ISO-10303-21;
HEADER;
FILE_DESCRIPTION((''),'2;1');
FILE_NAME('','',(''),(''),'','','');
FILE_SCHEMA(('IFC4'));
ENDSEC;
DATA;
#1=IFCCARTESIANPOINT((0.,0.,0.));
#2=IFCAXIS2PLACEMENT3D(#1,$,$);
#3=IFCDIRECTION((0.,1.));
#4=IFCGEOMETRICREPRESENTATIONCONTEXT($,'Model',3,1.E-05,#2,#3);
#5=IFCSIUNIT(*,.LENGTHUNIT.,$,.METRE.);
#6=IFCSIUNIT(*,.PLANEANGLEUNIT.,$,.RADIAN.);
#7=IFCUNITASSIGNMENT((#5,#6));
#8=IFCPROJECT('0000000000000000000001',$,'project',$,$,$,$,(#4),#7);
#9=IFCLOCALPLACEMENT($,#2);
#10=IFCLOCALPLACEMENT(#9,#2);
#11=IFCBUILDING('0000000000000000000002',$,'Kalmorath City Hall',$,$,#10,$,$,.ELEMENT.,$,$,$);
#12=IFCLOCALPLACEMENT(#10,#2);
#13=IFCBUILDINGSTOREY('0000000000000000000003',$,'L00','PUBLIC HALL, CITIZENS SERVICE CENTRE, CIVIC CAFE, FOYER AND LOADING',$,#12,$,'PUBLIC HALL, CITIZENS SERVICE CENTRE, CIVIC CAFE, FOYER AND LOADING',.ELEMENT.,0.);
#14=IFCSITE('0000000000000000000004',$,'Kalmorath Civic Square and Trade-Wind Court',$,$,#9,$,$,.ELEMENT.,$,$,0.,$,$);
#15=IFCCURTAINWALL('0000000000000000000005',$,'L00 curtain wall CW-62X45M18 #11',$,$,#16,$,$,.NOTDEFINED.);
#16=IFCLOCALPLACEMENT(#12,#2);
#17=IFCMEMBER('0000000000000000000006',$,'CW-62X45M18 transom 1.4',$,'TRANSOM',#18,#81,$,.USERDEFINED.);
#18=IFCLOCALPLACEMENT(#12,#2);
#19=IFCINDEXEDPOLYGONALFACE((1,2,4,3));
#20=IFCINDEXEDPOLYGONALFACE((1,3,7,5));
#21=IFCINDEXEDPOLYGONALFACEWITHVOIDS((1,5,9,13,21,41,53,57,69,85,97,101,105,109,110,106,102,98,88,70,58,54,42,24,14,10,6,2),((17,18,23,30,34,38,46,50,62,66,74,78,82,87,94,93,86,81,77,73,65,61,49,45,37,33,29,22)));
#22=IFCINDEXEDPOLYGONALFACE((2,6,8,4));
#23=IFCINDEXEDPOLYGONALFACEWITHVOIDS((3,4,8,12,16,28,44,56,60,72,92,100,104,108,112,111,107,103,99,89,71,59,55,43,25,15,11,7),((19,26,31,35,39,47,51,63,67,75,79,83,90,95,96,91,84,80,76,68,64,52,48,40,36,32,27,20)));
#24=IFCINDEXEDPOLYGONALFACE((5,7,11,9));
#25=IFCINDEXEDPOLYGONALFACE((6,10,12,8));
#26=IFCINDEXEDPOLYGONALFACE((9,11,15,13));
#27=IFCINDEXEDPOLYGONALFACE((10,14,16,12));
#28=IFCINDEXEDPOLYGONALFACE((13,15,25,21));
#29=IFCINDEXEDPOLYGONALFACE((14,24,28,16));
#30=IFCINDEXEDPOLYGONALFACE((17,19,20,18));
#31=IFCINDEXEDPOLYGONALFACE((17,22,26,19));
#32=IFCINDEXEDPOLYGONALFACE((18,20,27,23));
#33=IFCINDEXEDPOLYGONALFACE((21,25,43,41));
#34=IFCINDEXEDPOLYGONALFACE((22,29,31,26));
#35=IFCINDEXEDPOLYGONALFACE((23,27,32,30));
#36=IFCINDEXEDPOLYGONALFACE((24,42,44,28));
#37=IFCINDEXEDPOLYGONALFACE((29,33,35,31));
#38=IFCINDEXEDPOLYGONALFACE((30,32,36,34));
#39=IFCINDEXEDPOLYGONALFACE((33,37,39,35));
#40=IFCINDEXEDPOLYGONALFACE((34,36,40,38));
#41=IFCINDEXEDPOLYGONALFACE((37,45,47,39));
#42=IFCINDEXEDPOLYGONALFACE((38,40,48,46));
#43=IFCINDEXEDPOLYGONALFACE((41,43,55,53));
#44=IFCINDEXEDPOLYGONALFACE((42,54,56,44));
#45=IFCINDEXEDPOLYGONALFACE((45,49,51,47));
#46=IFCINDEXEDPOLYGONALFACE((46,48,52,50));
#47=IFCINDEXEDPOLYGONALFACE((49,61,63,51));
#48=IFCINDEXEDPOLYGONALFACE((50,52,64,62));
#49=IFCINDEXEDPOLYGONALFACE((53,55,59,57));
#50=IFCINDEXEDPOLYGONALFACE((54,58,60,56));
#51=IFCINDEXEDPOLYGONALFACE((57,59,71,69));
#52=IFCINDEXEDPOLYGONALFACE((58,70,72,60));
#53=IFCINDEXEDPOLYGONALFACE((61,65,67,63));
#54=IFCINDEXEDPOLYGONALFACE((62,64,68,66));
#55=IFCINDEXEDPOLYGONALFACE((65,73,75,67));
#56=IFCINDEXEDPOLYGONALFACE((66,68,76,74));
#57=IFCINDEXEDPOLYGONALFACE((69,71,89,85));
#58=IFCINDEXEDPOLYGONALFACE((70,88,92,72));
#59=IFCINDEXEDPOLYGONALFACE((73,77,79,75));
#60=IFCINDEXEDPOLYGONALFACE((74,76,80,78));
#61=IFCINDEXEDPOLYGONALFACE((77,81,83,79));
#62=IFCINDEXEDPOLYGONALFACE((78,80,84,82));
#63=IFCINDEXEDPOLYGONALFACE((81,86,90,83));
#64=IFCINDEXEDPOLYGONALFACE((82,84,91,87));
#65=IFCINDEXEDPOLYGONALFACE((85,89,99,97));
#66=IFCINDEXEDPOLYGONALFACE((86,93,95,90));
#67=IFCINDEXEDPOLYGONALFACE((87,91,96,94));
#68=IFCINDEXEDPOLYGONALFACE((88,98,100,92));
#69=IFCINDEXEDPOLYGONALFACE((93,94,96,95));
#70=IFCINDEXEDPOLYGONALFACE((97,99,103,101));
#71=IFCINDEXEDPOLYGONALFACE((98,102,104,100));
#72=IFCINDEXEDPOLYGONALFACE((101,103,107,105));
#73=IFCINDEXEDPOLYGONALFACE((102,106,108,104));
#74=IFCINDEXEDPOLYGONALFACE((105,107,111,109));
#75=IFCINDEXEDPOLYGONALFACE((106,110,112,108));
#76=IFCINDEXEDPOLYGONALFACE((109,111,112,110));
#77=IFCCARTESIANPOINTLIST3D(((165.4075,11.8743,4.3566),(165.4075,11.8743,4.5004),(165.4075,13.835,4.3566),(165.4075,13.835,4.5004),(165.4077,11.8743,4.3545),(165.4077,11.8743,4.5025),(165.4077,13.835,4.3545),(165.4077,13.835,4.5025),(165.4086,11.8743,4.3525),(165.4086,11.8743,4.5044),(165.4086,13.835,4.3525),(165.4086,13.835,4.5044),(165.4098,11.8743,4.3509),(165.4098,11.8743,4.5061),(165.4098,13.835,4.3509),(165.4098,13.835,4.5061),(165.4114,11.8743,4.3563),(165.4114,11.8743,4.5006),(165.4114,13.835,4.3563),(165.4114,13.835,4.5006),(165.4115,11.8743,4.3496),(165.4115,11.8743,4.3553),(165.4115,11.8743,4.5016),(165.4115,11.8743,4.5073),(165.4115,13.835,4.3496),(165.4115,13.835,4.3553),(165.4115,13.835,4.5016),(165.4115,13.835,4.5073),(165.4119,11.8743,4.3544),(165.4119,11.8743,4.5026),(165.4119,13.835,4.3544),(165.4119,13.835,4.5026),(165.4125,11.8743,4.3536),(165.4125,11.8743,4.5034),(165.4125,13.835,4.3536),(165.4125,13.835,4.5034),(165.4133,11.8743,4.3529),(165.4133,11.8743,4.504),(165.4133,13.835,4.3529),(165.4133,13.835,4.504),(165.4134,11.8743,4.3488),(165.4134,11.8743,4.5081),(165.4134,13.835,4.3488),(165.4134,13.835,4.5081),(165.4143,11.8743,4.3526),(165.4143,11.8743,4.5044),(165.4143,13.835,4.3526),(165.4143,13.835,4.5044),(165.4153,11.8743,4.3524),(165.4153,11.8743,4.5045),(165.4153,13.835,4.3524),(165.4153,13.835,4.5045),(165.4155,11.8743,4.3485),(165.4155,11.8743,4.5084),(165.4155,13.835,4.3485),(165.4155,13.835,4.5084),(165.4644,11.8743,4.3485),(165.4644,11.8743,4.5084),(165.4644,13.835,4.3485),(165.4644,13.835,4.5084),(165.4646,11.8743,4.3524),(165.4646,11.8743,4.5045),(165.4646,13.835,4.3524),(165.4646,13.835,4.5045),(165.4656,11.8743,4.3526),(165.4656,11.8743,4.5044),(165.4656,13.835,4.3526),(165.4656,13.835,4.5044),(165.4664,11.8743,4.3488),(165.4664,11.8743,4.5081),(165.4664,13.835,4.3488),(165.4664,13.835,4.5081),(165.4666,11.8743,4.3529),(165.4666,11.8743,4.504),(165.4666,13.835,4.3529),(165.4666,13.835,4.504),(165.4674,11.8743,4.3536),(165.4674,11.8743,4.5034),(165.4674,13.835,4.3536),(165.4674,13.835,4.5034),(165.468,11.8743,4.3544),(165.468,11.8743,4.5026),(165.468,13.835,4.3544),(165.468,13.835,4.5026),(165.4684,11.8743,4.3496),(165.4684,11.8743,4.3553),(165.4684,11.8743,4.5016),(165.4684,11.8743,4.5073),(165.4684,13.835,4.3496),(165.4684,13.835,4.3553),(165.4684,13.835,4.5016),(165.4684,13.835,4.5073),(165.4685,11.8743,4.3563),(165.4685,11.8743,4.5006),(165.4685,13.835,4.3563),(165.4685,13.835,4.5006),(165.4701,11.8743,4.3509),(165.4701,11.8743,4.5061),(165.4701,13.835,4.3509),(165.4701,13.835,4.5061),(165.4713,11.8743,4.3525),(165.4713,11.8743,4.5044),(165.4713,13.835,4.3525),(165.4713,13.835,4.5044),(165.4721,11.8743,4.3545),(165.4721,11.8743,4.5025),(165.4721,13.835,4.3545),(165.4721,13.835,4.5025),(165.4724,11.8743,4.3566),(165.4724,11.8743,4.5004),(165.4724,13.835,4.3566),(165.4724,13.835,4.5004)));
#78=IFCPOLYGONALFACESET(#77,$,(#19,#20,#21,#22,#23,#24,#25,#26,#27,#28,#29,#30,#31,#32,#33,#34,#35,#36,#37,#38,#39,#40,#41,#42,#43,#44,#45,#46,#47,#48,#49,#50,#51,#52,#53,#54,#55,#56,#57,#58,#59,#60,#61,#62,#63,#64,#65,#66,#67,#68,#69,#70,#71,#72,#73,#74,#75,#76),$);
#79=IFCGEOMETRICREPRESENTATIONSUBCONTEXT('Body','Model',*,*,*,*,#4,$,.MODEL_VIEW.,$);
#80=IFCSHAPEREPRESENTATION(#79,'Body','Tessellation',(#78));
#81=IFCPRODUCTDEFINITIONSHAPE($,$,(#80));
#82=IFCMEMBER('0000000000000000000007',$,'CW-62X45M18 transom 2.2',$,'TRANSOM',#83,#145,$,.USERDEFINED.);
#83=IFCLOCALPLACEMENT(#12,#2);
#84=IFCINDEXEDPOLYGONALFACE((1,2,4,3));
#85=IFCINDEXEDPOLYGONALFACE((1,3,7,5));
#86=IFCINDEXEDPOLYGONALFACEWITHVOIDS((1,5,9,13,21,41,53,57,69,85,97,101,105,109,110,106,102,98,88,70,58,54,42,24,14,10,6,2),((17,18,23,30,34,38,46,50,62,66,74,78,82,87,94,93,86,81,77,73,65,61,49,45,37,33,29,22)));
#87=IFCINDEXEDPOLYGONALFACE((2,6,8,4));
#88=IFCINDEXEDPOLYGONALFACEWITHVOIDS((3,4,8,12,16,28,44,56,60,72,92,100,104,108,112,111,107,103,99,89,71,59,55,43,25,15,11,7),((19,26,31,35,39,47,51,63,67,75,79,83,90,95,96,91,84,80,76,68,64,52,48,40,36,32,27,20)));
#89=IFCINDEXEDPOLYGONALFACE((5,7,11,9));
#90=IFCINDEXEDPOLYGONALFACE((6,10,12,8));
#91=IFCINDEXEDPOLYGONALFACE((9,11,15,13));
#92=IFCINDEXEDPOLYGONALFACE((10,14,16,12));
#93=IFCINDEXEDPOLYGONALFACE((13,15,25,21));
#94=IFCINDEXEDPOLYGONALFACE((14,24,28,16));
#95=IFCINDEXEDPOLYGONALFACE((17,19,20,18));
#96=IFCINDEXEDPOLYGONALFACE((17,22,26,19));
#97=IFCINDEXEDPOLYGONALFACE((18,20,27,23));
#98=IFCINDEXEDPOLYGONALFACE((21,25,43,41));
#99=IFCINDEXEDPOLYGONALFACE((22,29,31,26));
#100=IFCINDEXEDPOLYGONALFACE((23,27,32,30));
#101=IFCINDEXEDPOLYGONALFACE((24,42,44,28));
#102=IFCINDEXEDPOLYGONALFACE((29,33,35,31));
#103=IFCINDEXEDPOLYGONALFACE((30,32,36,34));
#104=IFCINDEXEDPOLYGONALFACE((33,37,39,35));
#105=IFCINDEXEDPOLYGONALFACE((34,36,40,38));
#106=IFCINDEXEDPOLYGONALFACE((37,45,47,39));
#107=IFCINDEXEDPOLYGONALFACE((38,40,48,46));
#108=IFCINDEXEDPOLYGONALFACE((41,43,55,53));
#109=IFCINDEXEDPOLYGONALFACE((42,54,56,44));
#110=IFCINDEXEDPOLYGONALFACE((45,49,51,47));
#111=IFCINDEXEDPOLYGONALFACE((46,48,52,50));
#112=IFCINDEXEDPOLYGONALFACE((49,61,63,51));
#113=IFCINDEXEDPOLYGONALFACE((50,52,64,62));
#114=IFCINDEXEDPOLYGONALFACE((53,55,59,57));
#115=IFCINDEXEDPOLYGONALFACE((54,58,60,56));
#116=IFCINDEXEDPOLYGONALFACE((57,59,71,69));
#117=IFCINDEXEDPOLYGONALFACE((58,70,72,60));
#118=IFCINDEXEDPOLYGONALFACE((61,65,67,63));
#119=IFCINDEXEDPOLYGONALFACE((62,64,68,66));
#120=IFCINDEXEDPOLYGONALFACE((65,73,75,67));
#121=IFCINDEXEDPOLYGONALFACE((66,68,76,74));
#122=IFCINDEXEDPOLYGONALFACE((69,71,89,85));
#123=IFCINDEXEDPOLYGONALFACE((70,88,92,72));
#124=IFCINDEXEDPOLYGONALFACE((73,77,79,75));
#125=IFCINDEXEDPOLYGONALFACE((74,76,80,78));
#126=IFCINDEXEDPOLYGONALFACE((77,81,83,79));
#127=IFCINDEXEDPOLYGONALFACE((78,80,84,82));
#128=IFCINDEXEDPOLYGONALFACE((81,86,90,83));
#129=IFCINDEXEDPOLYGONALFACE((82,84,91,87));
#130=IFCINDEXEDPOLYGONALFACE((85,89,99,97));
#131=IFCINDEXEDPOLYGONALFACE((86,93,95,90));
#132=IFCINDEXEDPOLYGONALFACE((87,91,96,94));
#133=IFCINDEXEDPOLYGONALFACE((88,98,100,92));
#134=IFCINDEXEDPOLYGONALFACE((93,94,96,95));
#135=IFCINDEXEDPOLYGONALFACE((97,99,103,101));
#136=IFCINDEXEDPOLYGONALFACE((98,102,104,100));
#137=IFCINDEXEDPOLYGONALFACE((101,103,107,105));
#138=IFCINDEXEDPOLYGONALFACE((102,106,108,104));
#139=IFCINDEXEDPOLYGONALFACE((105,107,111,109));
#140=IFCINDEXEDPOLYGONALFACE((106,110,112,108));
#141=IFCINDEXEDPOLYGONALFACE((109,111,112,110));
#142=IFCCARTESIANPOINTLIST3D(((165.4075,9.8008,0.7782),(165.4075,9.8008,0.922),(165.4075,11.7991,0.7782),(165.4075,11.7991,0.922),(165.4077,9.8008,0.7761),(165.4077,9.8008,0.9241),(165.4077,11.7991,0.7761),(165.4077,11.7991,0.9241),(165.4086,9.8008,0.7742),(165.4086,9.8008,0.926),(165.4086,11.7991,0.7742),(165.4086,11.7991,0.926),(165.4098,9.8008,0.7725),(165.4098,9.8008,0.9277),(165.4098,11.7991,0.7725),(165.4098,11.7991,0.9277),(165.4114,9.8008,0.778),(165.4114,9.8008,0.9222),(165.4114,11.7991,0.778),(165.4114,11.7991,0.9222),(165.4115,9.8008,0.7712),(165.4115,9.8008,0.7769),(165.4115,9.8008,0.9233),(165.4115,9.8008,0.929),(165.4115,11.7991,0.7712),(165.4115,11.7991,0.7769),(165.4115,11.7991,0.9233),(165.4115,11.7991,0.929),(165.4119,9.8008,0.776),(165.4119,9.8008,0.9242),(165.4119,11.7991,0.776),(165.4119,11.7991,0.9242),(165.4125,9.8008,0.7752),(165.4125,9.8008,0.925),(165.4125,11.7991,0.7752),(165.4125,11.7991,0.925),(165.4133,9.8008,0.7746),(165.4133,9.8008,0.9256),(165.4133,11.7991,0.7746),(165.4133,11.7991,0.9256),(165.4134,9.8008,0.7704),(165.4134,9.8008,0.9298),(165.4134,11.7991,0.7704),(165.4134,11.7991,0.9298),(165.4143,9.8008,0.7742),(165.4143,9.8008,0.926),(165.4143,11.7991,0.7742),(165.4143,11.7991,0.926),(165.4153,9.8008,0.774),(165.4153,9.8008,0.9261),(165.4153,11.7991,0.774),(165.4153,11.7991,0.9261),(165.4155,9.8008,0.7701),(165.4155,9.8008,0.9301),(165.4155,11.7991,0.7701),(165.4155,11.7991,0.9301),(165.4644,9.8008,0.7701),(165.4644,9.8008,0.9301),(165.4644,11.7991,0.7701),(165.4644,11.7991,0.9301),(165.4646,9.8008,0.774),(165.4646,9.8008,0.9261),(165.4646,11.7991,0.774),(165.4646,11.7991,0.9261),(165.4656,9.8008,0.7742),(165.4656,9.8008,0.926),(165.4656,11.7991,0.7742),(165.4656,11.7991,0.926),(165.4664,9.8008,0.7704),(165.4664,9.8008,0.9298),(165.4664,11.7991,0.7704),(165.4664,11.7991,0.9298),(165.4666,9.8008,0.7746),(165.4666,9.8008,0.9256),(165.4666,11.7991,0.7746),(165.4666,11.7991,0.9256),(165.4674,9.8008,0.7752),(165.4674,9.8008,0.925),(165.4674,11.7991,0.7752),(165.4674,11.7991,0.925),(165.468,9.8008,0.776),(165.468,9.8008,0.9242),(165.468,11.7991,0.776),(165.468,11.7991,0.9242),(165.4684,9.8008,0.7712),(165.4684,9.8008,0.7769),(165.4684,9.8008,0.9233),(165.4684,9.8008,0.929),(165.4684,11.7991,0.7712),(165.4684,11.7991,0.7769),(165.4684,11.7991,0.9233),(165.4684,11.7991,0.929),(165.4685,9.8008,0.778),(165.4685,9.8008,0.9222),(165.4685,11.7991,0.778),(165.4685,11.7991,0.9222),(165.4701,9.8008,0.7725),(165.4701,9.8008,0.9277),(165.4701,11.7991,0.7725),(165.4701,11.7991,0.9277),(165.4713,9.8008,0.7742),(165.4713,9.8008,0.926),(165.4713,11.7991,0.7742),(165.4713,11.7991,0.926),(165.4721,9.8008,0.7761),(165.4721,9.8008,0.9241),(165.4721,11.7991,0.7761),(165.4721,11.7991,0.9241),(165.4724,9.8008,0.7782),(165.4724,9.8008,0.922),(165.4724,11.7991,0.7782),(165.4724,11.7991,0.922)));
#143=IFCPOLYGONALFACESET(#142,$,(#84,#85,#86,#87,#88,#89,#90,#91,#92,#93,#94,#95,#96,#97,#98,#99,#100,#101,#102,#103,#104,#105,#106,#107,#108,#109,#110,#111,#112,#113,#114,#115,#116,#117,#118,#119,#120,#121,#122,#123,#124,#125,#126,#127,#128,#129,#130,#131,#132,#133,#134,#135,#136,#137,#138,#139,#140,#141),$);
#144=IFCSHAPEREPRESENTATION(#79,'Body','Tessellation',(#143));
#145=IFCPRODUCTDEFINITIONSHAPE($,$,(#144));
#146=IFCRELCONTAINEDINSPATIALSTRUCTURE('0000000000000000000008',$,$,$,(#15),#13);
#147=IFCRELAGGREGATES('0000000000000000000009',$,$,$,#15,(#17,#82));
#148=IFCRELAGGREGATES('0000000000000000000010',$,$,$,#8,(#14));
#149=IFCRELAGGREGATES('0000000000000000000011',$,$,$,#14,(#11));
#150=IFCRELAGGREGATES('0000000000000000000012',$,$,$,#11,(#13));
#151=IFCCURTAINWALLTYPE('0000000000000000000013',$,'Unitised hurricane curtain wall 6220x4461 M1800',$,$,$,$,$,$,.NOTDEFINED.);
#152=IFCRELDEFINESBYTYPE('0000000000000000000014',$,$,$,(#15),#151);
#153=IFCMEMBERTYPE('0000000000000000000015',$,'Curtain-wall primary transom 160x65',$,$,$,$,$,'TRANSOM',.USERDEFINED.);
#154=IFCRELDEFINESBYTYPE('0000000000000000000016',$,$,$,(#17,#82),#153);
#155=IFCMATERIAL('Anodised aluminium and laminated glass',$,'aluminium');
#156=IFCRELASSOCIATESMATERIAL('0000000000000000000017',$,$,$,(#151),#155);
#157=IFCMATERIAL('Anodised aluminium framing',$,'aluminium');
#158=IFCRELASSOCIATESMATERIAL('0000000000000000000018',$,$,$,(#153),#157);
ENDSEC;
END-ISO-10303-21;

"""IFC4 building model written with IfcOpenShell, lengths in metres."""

from ifc_helpers import new_model, si_unit, direction, frame, origin, origin_2d, place, context, subcontext, project, spatial, hollow_rectangle, extrude, material, material_profile, profile_set, type_object, element, aggregate, save


model = new_model("IFC4")

# Units and contexts
model_context = context("Model", 3, precision=1e-05, world=origin(), true_north=direction((0.0, 1.0)))
body_context = subcontext(model_context, "Body", "Model", "MODEL_VIEW")
ifc_project = project(units=[si_unit("LENGTHUNIT", "METRE"), si_unit("PLANEANGLEUNIT", "RADIAN")], contexts=[model_context])

# Site, building, storey
site_placement = place(None, origin())
site = spatial("IfcSite", under=ifc_project, at=site_placement, Name="Kalmorath Civic Square and Trade-Wind Court", CompositionType="ELEMENT", RefElevation=0.0)
building_placement = place(site_placement, origin())
building = spatial("IfcBuilding", under=site, at=building_placement, Name="Kalmorath City Hall", CompositionType="ELEMENT")
storey_placement = place(building_placement, origin())
storey = spatial("IfcBuildingStorey", under=building, at=storey_placement, Name="L00", Description="PUBLIC HALL, CITIZENS SERVICE CENTRE, CIVIC CAFE, FOYER AND LOADING", LongName="PUBLIC HALL, CITIZENS SERVICE CENTRE, CIVIC CAFE, FOYER AND LOADING", CompositionType="ELEMENT", Elevation=0.0)

# Curtain wall, members
ifc_material_1 = material(Name="Anodised aluminium and laminated glass", Category="aluminium")
curtain_wall_type = type_object("IfcCurtainWallType", Name="Unitised hurricane curtain wall 6220x4461 M1800", PredefinedType="NOTDEFINED", material=ifc_material_1)
curtain_wall_placement = place(storey_placement, origin())
curtain_wall = element("IfcCurtainWall", 1, at=curtain_wall_placement, inside=storey, type_object=curtain_wall_type, Name="L00 curtain wall CW-62X45M18 #11", PredefinedType="NOTDEFINED")
ifc_material_2 = material(Name="Anodised aluminium framing", Category="aluminium")
ifc_material_profile_1 = material_profile(ifc_material_2, hollow_rectangle(XDim=0.0649, YDim=0.1599, WallThickness=0.0039, InnerFilletRadius=0.0039, OuterFilletRadius=0.0081, at=origin_2d()), Name="ALU-TRN-160X65X4")
ifc_profile_set_1 = profile_set([ifc_material_profile_1], Name="Anodised aluminium framing")
member_type_1 = type_object("IfcMemberType", Name="Curtain-wall primary transom 160x65", ElementType="TRANSOM", PredefinedType="USERDEFINED", material=ifc_profile_set_1)
member_1_placement = place(storey_placement, frame((165.4399, 13.835, 4.4285), z_axis=(0.0, -1.0, 0.0), x_axis=(1.0, 0.0, 0.0)))
member_1 = element("IfcMember", 2, at=member_1_placement, type_object=member_type_1, Name="CW-62X45M18 transom 1.4", ObjectType="TRANSOM", PredefinedType="USERDEFINED", context=body_context, shape_type="SweptSolid", body=[
    extrude(hollow_rectangle(XDim=0.0649, YDim=0.1599, WallThickness=0.0039, InnerFilletRadius=0.0039, OuterFilletRadius=0.0081, at=origin_2d()), origin(), (0.0, 0.0, 1.0), 1.9607),
])
member_2_placement = place(storey_placement, frame((165.4399, 11.7991, 0.8501), z_axis=(0.0, -1.0, 0.0), x_axis=(1.0, 0.0, 0.0)))
member_2 = element("IfcMember", 3, at=member_2_placement, type_object=member_type_1, Name="CW-62X45M18 transom 2.2", ObjectType="TRANSOM", PredefinedType="USERDEFINED", context=body_context, shape_type="SweptSolid", body=[
    extrude(hollow_rectangle(XDim=0.0649, YDim=0.1599, WallThickness=0.0039, InnerFilletRadius=0.0039, OuterFilletRadius=0.0081, at=origin_2d()), origin(), (0.0, 0.0, 1.0), 1.9983),
])

aggregate(curtain_wall, [member_1, member_2])

save(model, "model.ifc")
